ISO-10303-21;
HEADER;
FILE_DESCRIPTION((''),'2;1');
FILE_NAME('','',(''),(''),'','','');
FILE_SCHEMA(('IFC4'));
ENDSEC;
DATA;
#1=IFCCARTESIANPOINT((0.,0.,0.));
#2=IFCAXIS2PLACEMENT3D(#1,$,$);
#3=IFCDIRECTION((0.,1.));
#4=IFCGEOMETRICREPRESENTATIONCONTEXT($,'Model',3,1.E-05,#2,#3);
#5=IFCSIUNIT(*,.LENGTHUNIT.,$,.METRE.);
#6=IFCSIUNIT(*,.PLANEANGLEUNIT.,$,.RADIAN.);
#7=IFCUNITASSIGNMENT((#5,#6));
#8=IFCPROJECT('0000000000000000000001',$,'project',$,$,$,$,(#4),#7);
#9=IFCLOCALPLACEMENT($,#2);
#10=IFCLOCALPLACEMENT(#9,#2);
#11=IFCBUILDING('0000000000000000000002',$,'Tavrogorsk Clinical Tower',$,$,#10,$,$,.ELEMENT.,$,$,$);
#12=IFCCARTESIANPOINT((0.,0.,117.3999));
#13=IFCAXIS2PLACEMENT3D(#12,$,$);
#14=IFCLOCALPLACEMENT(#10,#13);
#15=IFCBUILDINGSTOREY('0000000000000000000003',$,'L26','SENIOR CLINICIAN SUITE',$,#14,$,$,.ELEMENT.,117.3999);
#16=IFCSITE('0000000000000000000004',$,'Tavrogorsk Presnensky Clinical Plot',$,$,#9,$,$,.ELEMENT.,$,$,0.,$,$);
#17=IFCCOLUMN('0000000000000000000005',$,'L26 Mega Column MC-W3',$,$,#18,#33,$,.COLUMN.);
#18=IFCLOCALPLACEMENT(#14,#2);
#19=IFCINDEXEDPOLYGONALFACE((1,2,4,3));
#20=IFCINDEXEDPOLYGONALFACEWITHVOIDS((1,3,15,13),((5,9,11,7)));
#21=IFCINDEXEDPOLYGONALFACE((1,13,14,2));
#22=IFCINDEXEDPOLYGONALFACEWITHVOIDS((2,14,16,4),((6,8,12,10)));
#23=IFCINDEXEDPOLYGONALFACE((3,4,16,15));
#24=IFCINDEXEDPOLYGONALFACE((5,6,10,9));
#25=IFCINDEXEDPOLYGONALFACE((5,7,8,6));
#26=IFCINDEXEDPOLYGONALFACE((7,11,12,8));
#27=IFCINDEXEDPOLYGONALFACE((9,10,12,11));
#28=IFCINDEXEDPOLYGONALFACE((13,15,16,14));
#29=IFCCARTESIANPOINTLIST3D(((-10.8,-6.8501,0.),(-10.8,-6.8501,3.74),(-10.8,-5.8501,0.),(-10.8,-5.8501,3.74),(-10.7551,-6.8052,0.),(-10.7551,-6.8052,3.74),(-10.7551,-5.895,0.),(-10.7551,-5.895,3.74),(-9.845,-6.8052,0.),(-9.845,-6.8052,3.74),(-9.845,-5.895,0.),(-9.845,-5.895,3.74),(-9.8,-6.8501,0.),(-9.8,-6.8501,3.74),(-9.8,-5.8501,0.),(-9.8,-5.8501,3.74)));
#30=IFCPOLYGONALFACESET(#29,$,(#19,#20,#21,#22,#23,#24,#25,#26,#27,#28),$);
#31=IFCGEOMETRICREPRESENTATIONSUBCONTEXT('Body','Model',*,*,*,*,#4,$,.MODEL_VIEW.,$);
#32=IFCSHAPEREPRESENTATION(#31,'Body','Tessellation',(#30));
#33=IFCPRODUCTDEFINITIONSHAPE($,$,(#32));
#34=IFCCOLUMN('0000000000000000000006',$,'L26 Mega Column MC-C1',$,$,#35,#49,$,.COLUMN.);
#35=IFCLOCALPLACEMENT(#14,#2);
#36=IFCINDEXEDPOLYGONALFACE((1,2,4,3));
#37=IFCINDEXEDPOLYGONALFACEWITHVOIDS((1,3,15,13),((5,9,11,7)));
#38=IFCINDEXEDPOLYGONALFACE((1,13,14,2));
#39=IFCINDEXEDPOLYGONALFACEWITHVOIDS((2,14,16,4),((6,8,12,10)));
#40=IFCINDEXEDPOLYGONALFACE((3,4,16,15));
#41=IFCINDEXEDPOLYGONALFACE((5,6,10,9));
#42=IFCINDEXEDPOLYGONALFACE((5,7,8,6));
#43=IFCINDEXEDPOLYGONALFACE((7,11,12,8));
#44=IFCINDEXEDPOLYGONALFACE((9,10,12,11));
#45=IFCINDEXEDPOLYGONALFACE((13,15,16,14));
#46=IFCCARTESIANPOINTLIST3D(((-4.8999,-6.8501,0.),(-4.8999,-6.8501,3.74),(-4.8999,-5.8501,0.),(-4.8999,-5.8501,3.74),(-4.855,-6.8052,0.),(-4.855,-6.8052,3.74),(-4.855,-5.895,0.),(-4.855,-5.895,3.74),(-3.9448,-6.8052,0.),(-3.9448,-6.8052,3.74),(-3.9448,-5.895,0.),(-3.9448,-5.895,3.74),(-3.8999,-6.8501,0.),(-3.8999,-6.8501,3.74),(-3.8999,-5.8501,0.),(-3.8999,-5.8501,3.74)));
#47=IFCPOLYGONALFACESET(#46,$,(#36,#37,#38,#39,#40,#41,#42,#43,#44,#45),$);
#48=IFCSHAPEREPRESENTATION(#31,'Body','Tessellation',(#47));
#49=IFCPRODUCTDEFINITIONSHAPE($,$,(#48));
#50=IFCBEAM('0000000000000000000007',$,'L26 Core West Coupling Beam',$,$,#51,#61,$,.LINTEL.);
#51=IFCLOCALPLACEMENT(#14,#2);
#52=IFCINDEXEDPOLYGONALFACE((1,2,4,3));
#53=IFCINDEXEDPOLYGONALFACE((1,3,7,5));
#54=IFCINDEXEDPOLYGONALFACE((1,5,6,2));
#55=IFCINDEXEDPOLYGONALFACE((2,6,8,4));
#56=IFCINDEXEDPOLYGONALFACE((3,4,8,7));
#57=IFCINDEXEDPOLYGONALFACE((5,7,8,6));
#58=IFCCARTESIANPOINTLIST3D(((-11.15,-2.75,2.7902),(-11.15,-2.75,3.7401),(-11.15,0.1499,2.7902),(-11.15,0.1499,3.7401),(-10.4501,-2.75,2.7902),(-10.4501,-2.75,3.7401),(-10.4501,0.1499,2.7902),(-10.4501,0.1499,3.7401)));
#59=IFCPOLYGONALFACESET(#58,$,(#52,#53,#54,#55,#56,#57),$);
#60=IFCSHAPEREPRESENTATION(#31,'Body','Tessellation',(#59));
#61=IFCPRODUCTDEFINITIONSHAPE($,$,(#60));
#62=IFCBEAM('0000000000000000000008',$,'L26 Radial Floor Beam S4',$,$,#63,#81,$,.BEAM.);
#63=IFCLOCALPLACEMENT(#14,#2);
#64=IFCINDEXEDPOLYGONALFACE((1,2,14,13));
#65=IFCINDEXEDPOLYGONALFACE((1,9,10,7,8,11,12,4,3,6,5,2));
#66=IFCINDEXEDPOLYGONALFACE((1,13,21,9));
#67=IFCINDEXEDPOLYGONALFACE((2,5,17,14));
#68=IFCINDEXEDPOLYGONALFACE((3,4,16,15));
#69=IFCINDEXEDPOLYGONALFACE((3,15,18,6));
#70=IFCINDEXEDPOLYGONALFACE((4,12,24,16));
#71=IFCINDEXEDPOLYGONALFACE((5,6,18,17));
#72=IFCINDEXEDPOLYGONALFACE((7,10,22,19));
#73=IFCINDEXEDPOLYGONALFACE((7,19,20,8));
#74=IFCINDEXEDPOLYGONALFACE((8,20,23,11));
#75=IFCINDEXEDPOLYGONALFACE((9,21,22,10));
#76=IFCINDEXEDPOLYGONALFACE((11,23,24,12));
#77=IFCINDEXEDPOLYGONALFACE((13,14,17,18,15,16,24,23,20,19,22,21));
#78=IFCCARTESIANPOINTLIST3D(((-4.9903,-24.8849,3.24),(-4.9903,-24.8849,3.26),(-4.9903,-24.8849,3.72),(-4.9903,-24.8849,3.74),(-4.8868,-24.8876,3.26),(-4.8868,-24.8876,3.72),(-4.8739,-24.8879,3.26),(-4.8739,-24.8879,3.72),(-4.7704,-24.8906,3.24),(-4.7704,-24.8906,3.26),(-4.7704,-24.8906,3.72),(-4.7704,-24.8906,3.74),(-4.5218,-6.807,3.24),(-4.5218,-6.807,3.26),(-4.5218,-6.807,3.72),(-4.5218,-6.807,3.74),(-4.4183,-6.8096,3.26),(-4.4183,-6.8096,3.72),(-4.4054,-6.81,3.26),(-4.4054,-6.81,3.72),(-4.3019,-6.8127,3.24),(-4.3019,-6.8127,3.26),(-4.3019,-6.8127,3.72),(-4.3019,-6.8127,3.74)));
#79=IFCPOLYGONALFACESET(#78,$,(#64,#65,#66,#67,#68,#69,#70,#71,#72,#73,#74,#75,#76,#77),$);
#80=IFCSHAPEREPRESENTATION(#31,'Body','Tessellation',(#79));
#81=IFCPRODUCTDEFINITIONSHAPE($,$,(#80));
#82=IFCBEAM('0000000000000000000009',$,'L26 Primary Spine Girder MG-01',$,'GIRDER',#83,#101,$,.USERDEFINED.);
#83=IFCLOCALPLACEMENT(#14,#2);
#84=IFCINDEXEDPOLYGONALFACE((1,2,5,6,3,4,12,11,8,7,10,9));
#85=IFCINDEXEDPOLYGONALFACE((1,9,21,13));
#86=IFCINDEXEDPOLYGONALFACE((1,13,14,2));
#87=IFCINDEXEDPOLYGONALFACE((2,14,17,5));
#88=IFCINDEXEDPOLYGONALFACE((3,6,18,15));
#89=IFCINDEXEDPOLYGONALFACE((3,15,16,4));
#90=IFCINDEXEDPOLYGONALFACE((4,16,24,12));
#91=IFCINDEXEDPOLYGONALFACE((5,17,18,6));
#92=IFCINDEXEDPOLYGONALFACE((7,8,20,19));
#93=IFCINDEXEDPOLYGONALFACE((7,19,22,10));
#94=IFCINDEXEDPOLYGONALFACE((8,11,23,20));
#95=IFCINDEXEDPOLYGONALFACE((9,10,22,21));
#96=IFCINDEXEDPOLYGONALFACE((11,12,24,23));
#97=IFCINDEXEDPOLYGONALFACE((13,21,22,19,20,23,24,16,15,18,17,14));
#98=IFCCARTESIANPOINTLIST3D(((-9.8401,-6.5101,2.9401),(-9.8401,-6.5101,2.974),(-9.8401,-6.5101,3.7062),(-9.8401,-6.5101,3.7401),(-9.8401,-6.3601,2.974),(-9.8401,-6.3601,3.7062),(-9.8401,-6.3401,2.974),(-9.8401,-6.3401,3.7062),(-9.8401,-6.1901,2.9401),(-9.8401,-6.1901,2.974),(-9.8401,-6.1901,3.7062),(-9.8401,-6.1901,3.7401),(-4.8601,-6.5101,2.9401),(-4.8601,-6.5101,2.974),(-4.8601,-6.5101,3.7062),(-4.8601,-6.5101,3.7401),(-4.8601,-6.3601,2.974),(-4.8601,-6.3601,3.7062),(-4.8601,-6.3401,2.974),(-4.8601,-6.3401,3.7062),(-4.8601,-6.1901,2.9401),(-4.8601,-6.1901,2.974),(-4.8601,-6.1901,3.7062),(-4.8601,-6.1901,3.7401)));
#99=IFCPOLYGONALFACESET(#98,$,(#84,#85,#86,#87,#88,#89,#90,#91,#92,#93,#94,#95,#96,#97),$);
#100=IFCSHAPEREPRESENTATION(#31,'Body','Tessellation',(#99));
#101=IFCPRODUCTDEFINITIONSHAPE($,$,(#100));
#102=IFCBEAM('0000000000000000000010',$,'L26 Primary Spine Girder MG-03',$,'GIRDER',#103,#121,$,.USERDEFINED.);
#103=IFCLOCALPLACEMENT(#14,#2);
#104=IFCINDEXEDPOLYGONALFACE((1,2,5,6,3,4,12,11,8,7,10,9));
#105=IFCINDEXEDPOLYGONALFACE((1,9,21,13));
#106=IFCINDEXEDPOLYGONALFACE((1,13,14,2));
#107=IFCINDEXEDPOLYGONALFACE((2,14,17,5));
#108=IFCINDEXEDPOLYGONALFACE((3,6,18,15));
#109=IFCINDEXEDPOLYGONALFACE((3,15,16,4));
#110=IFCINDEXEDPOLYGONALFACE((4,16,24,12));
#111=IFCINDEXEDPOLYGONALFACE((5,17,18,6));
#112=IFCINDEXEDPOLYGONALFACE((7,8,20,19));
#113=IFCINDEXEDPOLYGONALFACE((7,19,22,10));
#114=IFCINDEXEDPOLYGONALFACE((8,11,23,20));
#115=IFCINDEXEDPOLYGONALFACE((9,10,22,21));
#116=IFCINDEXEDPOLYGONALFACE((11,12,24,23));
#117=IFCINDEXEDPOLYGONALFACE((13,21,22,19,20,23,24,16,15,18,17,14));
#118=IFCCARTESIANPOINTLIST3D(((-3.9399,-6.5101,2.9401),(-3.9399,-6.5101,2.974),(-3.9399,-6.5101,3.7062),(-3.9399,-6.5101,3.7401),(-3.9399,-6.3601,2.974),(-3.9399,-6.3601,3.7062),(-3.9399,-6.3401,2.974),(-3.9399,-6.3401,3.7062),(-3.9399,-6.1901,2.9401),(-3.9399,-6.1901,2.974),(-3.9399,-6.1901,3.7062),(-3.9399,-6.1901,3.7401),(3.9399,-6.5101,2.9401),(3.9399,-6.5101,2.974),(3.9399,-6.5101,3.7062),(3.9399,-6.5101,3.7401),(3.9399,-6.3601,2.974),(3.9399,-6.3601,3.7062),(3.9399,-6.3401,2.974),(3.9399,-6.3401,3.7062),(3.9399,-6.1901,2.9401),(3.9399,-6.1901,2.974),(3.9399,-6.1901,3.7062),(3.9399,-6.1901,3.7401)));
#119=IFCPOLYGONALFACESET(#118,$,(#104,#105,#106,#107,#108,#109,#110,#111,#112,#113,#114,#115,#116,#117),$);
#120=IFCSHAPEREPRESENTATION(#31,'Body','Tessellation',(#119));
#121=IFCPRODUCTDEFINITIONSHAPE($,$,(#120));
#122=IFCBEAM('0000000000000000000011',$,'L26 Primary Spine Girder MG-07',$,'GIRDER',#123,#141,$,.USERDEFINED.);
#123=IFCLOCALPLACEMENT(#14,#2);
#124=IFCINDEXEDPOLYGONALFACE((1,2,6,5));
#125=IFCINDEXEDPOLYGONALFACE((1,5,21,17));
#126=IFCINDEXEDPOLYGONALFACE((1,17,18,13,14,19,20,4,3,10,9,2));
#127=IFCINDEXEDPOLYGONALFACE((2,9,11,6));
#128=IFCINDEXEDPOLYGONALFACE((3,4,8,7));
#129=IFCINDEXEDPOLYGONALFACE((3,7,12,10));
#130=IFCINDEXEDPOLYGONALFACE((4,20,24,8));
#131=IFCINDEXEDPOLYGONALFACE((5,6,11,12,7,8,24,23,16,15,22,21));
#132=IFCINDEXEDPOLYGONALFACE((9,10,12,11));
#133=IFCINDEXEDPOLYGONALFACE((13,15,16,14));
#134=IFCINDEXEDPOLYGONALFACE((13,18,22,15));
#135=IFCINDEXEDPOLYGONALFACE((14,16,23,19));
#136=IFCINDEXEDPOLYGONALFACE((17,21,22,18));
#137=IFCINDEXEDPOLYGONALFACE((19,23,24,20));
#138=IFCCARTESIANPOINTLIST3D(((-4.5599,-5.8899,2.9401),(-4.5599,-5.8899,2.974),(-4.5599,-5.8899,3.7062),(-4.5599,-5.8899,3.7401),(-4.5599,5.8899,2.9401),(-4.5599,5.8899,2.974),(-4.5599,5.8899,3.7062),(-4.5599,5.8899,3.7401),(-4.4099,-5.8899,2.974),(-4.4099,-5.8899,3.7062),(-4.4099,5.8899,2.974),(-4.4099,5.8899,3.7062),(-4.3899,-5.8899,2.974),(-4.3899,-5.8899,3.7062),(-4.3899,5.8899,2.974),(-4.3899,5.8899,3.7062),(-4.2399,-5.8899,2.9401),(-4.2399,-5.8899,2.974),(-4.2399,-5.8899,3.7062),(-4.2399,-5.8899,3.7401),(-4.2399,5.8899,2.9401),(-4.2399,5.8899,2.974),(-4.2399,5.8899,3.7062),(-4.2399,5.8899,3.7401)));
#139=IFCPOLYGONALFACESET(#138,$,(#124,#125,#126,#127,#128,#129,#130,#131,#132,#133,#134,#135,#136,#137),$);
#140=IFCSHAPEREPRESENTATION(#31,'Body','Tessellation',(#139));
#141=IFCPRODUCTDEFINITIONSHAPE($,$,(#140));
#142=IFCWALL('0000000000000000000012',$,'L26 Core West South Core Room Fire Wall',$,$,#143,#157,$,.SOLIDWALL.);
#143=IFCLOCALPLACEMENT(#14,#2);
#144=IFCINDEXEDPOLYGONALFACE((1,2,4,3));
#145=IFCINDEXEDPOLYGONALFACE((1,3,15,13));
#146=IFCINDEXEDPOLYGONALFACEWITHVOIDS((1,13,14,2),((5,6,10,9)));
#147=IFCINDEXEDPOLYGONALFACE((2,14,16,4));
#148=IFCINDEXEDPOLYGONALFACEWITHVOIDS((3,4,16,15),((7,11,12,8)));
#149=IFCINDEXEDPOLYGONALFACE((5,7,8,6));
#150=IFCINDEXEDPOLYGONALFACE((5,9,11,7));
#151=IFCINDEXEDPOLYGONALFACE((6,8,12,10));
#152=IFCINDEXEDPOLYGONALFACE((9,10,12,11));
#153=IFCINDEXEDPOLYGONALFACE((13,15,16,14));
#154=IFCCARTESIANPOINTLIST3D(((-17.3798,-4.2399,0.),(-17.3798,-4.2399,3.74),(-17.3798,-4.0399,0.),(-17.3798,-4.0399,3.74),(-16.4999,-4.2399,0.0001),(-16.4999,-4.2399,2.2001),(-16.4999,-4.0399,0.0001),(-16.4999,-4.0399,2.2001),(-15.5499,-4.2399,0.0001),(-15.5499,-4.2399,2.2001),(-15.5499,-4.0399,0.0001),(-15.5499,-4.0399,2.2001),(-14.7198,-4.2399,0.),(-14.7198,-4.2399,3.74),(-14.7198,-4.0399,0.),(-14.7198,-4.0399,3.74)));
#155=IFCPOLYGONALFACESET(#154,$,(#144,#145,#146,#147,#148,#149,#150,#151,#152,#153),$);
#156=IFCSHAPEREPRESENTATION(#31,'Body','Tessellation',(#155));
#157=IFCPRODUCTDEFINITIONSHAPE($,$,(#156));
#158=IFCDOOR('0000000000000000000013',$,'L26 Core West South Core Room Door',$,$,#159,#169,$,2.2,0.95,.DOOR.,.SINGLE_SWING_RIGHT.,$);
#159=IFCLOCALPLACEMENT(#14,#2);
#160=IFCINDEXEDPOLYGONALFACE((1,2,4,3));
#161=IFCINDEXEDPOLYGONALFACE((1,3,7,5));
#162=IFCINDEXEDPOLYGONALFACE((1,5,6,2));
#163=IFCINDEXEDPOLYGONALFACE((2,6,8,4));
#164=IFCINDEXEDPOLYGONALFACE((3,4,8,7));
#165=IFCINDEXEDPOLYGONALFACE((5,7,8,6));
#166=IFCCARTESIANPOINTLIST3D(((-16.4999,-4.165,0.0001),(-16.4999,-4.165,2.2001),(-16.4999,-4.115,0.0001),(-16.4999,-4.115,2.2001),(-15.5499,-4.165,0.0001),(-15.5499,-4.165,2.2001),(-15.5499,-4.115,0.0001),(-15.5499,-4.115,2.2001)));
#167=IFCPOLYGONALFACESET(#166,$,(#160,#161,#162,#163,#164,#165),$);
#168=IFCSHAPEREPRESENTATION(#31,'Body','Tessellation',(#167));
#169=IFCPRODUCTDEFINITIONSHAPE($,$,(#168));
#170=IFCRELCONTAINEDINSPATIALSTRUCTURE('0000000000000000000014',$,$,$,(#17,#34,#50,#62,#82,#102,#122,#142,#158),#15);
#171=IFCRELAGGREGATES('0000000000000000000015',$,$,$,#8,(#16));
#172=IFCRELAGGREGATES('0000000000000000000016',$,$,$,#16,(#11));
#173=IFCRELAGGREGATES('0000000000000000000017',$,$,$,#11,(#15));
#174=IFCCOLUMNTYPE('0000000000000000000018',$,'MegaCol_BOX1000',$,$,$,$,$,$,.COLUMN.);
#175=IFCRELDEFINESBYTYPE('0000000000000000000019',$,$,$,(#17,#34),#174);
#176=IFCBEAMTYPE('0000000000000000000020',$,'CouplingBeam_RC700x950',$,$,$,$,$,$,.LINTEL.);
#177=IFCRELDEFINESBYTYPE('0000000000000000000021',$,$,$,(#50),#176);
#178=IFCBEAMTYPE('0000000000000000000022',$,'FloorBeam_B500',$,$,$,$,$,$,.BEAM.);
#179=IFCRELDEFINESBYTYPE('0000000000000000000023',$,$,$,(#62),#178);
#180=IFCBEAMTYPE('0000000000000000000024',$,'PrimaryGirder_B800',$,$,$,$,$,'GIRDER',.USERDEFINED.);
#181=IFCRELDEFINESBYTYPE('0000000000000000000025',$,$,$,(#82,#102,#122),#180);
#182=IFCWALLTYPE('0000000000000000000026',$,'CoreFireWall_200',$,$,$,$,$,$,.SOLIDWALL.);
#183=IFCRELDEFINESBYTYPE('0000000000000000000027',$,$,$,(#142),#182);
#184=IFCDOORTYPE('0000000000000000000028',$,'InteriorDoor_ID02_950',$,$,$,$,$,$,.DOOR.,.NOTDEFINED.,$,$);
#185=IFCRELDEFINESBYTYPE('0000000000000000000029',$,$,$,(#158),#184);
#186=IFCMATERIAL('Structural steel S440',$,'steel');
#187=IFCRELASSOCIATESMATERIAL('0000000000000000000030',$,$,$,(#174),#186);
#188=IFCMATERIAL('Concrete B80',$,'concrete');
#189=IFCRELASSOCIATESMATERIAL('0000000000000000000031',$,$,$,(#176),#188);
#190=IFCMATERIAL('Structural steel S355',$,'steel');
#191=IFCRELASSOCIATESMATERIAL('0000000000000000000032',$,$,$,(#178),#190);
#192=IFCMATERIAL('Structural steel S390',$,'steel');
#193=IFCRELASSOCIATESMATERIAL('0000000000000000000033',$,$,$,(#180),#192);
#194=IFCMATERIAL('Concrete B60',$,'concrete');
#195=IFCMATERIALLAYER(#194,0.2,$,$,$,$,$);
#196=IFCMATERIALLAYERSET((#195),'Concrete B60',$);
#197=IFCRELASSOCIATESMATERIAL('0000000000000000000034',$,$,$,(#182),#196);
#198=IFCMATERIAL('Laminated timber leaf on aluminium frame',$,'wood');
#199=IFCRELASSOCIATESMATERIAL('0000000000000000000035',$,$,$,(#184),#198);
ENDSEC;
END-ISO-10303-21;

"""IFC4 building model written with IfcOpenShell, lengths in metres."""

from ifc_helpers import new_model, si_unit, direction, frame, frame_2d, origin, origin_2d, place, context, subcontext, project, spatial, rectangle, hollow_rectangle, i_section, extrude, material, layer, layer_set, material_profile, profile_set, type_object, element, fill, save


model = new_model("IFC4")

# Units and contexts
model_context = context("Model", 3, precision=1e-05, world=origin(), true_north=direction((0.0, 1.0)))
body_context = subcontext(model_context, "Body", "Model", "MODEL_VIEW")
ifc_project = project(units=[si_unit("LENGTHUNIT", "METRE"), si_unit("PLANEANGLEUNIT", "RADIAN")], contexts=[model_context])

# Site, building, storey
site_placement = place(None, origin())
site = spatial("IfcSite", under=ifc_project, at=site_placement, Name="Tavrogorsk Presnensky Clinical Plot", CompositionType="ELEMENT", RefElevation=0.0)
building_placement = place(site_placement, origin())
building = spatial("IfcBuilding", under=site, at=building_placement, Name="Tavrogorsk Clinical Tower", CompositionType="ELEMENT")
storey_placement = place(building_placement, frame((0.0, 0.0, 117.3999)))
storey = spatial("IfcBuildingStorey", under=building, at=storey_placement, Name="L26", Description="SENIOR CLINICIAN SUITE", CompositionType="ELEMENT", Elevation=117.3999)

# Columns
ifc_material_1 = material(Name="Structural steel S440", Category="steel")
ifc_material_profile_1 = material_profile(ifc_material_1, hollow_rectangle(XDim=1.0, YDim=1.0, WallThickness=0.0449, at=origin_2d()), Name="BOX-1000x1000x45")
ifc_profile_set_1 = profile_set([ifc_material_profile_1], Name="Structural steel S440")
column_type = type_object("IfcColumnType", Name="MegaCol_BOX1000", PredefinedType="COLUMN", material=ifc_profile_set_1)
for number, where, z_axis, x_axis, name in (
    (1, (-10.3, -6.3501, 0.0), (0.0, 0.0, 1.0), (1.0, 0.0, 0.0), "L26 Mega Column MC-W3"),
    (2, (-4.3999, -6.3501, 0.0), (0.0, 0.0, 1.0), (1.0, 0.0, 0.0), "L26 Mega Column MC-C1"),
):
    element("IfcColumn", number, at=place(storey_placement, frame(where, z_axis=z_axis, x_axis=x_axis)), inside=storey, type_object=column_type, Name=name, PredefinedType="COLUMN", context=body_context, shape_type="SweptSolid", body=[
        extrude(hollow_rectangle(XDim=1.0, YDim=1.0, WallThickness=0.0449, at=origin_2d()), origin(), (0.0, 0.0, 1.0), 3.74),
    ])

# Beams
ifc_material_2 = material(Name="Concrete B80", Category="concrete")
ifc_material_profile_2 = material_profile(ifc_material_2, rectangle(XDim=0.7, YDim=0.95, at=origin_2d()), Name="RC-CB-700x950")
ifc_profile_set_2 = profile_set([ifc_material_profile_2], Name="Concrete B80")
beam_type_1 = type_object("IfcBeamType", Name="CouplingBeam_RC700x950", PredefinedType="LINTEL", material=ifc_profile_set_2)
beam_1_placement = place(storey_placement, frame((-10.8, -2.75, 3.2651), z_axis=(0.0, 1.0, 0.0), x_axis=(-1.0, 0.0, 0.0)))
element("IfcBeam", 3, at=beam_1_placement, inside=storey, type_object=beam_type_1, Name="L26 Core West Coupling Beam", PredefinedType="LINTEL", context=body_context, shape_type="SweptSolid", body=[
    extrude(rectangle(XDim=0.7, YDim=0.95, at=origin_2d()), origin(), (0.0, 0.0, 1.0), 2.8999),
])
ifc_material_3 = material(Name="Structural steel S355", Category="steel")
ifc_material_profile_3 = material_profile(ifc_material_3, i_section(OverallWidth=0.22, OverallDepth=0.5, WebThickness=0.0129, FlangeThickness=0.02, at=origin_2d()), Name="B-500x220x13x20")
ifc_profile_set_3 = profile_set([ifc_material_profile_3], Name="Structural steel S355")
beam_type_2 = type_object("IfcBeamType", Name="FloorBeam_B500", PredefinedType="BEAM", material=ifc_profile_set_3)
beam_2_placement = place(storey_placement, frame((-4.4119, -6.8098, 3.49), z_axis=(-0.025907, -0.999664, 0.0), x_axis=(0.999664, -0.025907, 0.0)))
element("IfcBeam", 4, at=beam_2_placement, inside=storey, type_object=beam_type_2, Name="L26 Radial Floor Beam S4", PredefinedType="BEAM", context=body_context, shape_type="SweptSolid", body=[
    extrude(i_section(OverallWidth=0.22, OverallDepth=0.5, WebThickness=0.0129, FlangeThickness=0.02, at=origin_2d()), origin(), (0.0, 0.0, 1.0), 18.084),
])
ifc_material_4 = material(Name="Structural steel S390", Category="steel")
ifc_material_profile_4 = material_profile(ifc_material_4, i_section(OverallWidth=0.3201, OverallDepth=0.8, WebThickness=0.02, FlangeThickness=0.0339, at=origin_2d()), Name="B-800x320x20x34")
ifc_profile_set_4 = profile_set([ifc_material_profile_4], Name="Structural steel S390")
beam_type_3 = type_object("IfcBeamType", Name="PrimaryGirder_B800", ElementType="GIRDER", PredefinedType="USERDEFINED", material=ifc_profile_set_4)
beam_3_placement = place(storey_placement, frame((-9.8401, -6.3501, 3.3401), z_axis=(1.0, 0.0, 0.0), x_axis=(0.0, 1.0, 0.0)))
element("IfcBeam", 5, at=beam_3_placement, inside=storey, type_object=beam_type_3, Name="L26 Primary Spine Girder MG-01", ObjectType="GIRDER", PredefinedType="USERDEFINED", context=body_context, shape_type="SweptSolid", body=[
    extrude(i_section(OverallWidth=0.3201, OverallDepth=0.8, WebThickness=0.02, FlangeThickness=0.0339, at=origin_2d()), origin(), (0.0, 0.0, 1.0), 4.98),
])
beam_4_placement = place(storey_placement, frame((-3.9399, -6.3501, 3.3401), z_axis=(1.0, 0.0, 0.0), x_axis=(0.0, 1.0, 0.0)))
element("IfcBeam", 6, at=beam_4_placement, inside=storey, type_object=beam_type_3, Name="L26 Primary Spine Girder MG-03", ObjectType="GIRDER", PredefinedType="USERDEFINED", context=body_context, shape_type="SweptSolid", body=[
    extrude(i_section(OverallWidth=0.3201, OverallDepth=0.8, WebThickness=0.02, FlangeThickness=0.0339, at=origin_2d()), origin(), (0.0, 0.0, 1.0), 7.8799),
])
beam_5_placement = place(storey_placement, frame((-4.3999, -5.8899, 3.3401), z_axis=(0.0, 1.0, 0.0), x_axis=(-1.0, 0.0, 0.0)))
element("IfcBeam", 7, at=beam_5_placement, inside=storey, type_object=beam_type_3, Name="L26 Primary Spine Girder MG-07", ObjectType="GIRDER", PredefinedType="USERDEFINED", context=body_context, shape_type="SweptSolid", body=[
    extrude(i_section(OverallWidth=0.3201, OverallDepth=0.8, WebThickness=0.02, FlangeThickness=0.0339, at=origin_2d()), origin(), (0.0, 0.0, 1.0), 11.7798),
])

# Wall, opening, door
ifc_material_5 = material(Name="Concrete B60", Category="concrete")
ifc_layer_1 = layer(ifc_material_5, 0.2)
ifc_layer_set_1 = layer_set([ifc_layer_1], Name="Concrete B60")
wall_type_1 = type_object("IfcWallType", Name="CoreFireWall_200", PredefinedType="SOLIDWALL", material=ifc_layer_set_1)
wall_1_placement = place(storey_placement, frame((-17.3799, -4.1399, 0.0), z_axis=(0.0, 0.0, 1.0), x_axis=(1.0, 0.0, 0.0)))
wall_1 = element("IfcWall", 8, at=wall_1_placement, inside=storey, type_object=wall_type_1, Name="L26 Core West South Core Room Fire Wall", PredefinedType="SOLIDWALL", context=body_context, shape_type="SweptSolid", body=[
    extrude(rectangle(XDim=2.6599, YDim=0.2, at=frame_2d((1.3301, 0.0))), origin(), (0.0, 0.0, 1.0), 3.74),
])
opening_1_placement = place(wall_1_placement, frame((0.8799, 0.0, 0.0)))
opening_1 = element("IfcOpeningElement", 9, at=opening_1_placement, cuts=wall_1, PredefinedType="OPENING", context=body_context, shape_type="SweptSolid", body=[
    extrude(rectangle(XDim=0.95, YDim=2.2, at=frame_2d((0.4751, 1.1001))), frame((0.0, 0.1099, 0.0), z_axis=(0.0, -1.0, 0.0), x_axis=(1.0, 0.0, 0.0)), (0.0, 0.0, 1.0), 0.22),
])
ifc_material_6 = material(Name="Laminated timber leaf on aluminium frame", Category="wood")
door_type_1 = type_object("IfcDoorType", Name="InteriorDoor_ID02_950", OperationType="NOTDEFINED", PredefinedType="DOOR", material=ifc_material_6)
door_1_placement = place(opening_1_placement, origin())
door_1 = element("IfcDoor", 10, at=door_1_placement, inside=storey, type_object=door_type_1, Name="L26 Core West South Core Room Door", OperationType="SINGLE_SWING_RIGHT", OverallHeight=2.2, OverallWidth=0.95, PredefinedType="DOOR", context=body_context, shape_type="SweptSolid", body=[
    extrude(rectangle(XDim=0.95, YDim=2.2, at=frame_2d((0.4751, 1.1001))), frame((0.0, 0.0249, 0.0), z_axis=(0.0, -1.0, 0.0), x_axis=(1.0, 0.0, 0.0)), (0.0, 0.0, 1.0), 0.05),
])
fill(opening_1, door_1)

save(model, "model.ifc")
